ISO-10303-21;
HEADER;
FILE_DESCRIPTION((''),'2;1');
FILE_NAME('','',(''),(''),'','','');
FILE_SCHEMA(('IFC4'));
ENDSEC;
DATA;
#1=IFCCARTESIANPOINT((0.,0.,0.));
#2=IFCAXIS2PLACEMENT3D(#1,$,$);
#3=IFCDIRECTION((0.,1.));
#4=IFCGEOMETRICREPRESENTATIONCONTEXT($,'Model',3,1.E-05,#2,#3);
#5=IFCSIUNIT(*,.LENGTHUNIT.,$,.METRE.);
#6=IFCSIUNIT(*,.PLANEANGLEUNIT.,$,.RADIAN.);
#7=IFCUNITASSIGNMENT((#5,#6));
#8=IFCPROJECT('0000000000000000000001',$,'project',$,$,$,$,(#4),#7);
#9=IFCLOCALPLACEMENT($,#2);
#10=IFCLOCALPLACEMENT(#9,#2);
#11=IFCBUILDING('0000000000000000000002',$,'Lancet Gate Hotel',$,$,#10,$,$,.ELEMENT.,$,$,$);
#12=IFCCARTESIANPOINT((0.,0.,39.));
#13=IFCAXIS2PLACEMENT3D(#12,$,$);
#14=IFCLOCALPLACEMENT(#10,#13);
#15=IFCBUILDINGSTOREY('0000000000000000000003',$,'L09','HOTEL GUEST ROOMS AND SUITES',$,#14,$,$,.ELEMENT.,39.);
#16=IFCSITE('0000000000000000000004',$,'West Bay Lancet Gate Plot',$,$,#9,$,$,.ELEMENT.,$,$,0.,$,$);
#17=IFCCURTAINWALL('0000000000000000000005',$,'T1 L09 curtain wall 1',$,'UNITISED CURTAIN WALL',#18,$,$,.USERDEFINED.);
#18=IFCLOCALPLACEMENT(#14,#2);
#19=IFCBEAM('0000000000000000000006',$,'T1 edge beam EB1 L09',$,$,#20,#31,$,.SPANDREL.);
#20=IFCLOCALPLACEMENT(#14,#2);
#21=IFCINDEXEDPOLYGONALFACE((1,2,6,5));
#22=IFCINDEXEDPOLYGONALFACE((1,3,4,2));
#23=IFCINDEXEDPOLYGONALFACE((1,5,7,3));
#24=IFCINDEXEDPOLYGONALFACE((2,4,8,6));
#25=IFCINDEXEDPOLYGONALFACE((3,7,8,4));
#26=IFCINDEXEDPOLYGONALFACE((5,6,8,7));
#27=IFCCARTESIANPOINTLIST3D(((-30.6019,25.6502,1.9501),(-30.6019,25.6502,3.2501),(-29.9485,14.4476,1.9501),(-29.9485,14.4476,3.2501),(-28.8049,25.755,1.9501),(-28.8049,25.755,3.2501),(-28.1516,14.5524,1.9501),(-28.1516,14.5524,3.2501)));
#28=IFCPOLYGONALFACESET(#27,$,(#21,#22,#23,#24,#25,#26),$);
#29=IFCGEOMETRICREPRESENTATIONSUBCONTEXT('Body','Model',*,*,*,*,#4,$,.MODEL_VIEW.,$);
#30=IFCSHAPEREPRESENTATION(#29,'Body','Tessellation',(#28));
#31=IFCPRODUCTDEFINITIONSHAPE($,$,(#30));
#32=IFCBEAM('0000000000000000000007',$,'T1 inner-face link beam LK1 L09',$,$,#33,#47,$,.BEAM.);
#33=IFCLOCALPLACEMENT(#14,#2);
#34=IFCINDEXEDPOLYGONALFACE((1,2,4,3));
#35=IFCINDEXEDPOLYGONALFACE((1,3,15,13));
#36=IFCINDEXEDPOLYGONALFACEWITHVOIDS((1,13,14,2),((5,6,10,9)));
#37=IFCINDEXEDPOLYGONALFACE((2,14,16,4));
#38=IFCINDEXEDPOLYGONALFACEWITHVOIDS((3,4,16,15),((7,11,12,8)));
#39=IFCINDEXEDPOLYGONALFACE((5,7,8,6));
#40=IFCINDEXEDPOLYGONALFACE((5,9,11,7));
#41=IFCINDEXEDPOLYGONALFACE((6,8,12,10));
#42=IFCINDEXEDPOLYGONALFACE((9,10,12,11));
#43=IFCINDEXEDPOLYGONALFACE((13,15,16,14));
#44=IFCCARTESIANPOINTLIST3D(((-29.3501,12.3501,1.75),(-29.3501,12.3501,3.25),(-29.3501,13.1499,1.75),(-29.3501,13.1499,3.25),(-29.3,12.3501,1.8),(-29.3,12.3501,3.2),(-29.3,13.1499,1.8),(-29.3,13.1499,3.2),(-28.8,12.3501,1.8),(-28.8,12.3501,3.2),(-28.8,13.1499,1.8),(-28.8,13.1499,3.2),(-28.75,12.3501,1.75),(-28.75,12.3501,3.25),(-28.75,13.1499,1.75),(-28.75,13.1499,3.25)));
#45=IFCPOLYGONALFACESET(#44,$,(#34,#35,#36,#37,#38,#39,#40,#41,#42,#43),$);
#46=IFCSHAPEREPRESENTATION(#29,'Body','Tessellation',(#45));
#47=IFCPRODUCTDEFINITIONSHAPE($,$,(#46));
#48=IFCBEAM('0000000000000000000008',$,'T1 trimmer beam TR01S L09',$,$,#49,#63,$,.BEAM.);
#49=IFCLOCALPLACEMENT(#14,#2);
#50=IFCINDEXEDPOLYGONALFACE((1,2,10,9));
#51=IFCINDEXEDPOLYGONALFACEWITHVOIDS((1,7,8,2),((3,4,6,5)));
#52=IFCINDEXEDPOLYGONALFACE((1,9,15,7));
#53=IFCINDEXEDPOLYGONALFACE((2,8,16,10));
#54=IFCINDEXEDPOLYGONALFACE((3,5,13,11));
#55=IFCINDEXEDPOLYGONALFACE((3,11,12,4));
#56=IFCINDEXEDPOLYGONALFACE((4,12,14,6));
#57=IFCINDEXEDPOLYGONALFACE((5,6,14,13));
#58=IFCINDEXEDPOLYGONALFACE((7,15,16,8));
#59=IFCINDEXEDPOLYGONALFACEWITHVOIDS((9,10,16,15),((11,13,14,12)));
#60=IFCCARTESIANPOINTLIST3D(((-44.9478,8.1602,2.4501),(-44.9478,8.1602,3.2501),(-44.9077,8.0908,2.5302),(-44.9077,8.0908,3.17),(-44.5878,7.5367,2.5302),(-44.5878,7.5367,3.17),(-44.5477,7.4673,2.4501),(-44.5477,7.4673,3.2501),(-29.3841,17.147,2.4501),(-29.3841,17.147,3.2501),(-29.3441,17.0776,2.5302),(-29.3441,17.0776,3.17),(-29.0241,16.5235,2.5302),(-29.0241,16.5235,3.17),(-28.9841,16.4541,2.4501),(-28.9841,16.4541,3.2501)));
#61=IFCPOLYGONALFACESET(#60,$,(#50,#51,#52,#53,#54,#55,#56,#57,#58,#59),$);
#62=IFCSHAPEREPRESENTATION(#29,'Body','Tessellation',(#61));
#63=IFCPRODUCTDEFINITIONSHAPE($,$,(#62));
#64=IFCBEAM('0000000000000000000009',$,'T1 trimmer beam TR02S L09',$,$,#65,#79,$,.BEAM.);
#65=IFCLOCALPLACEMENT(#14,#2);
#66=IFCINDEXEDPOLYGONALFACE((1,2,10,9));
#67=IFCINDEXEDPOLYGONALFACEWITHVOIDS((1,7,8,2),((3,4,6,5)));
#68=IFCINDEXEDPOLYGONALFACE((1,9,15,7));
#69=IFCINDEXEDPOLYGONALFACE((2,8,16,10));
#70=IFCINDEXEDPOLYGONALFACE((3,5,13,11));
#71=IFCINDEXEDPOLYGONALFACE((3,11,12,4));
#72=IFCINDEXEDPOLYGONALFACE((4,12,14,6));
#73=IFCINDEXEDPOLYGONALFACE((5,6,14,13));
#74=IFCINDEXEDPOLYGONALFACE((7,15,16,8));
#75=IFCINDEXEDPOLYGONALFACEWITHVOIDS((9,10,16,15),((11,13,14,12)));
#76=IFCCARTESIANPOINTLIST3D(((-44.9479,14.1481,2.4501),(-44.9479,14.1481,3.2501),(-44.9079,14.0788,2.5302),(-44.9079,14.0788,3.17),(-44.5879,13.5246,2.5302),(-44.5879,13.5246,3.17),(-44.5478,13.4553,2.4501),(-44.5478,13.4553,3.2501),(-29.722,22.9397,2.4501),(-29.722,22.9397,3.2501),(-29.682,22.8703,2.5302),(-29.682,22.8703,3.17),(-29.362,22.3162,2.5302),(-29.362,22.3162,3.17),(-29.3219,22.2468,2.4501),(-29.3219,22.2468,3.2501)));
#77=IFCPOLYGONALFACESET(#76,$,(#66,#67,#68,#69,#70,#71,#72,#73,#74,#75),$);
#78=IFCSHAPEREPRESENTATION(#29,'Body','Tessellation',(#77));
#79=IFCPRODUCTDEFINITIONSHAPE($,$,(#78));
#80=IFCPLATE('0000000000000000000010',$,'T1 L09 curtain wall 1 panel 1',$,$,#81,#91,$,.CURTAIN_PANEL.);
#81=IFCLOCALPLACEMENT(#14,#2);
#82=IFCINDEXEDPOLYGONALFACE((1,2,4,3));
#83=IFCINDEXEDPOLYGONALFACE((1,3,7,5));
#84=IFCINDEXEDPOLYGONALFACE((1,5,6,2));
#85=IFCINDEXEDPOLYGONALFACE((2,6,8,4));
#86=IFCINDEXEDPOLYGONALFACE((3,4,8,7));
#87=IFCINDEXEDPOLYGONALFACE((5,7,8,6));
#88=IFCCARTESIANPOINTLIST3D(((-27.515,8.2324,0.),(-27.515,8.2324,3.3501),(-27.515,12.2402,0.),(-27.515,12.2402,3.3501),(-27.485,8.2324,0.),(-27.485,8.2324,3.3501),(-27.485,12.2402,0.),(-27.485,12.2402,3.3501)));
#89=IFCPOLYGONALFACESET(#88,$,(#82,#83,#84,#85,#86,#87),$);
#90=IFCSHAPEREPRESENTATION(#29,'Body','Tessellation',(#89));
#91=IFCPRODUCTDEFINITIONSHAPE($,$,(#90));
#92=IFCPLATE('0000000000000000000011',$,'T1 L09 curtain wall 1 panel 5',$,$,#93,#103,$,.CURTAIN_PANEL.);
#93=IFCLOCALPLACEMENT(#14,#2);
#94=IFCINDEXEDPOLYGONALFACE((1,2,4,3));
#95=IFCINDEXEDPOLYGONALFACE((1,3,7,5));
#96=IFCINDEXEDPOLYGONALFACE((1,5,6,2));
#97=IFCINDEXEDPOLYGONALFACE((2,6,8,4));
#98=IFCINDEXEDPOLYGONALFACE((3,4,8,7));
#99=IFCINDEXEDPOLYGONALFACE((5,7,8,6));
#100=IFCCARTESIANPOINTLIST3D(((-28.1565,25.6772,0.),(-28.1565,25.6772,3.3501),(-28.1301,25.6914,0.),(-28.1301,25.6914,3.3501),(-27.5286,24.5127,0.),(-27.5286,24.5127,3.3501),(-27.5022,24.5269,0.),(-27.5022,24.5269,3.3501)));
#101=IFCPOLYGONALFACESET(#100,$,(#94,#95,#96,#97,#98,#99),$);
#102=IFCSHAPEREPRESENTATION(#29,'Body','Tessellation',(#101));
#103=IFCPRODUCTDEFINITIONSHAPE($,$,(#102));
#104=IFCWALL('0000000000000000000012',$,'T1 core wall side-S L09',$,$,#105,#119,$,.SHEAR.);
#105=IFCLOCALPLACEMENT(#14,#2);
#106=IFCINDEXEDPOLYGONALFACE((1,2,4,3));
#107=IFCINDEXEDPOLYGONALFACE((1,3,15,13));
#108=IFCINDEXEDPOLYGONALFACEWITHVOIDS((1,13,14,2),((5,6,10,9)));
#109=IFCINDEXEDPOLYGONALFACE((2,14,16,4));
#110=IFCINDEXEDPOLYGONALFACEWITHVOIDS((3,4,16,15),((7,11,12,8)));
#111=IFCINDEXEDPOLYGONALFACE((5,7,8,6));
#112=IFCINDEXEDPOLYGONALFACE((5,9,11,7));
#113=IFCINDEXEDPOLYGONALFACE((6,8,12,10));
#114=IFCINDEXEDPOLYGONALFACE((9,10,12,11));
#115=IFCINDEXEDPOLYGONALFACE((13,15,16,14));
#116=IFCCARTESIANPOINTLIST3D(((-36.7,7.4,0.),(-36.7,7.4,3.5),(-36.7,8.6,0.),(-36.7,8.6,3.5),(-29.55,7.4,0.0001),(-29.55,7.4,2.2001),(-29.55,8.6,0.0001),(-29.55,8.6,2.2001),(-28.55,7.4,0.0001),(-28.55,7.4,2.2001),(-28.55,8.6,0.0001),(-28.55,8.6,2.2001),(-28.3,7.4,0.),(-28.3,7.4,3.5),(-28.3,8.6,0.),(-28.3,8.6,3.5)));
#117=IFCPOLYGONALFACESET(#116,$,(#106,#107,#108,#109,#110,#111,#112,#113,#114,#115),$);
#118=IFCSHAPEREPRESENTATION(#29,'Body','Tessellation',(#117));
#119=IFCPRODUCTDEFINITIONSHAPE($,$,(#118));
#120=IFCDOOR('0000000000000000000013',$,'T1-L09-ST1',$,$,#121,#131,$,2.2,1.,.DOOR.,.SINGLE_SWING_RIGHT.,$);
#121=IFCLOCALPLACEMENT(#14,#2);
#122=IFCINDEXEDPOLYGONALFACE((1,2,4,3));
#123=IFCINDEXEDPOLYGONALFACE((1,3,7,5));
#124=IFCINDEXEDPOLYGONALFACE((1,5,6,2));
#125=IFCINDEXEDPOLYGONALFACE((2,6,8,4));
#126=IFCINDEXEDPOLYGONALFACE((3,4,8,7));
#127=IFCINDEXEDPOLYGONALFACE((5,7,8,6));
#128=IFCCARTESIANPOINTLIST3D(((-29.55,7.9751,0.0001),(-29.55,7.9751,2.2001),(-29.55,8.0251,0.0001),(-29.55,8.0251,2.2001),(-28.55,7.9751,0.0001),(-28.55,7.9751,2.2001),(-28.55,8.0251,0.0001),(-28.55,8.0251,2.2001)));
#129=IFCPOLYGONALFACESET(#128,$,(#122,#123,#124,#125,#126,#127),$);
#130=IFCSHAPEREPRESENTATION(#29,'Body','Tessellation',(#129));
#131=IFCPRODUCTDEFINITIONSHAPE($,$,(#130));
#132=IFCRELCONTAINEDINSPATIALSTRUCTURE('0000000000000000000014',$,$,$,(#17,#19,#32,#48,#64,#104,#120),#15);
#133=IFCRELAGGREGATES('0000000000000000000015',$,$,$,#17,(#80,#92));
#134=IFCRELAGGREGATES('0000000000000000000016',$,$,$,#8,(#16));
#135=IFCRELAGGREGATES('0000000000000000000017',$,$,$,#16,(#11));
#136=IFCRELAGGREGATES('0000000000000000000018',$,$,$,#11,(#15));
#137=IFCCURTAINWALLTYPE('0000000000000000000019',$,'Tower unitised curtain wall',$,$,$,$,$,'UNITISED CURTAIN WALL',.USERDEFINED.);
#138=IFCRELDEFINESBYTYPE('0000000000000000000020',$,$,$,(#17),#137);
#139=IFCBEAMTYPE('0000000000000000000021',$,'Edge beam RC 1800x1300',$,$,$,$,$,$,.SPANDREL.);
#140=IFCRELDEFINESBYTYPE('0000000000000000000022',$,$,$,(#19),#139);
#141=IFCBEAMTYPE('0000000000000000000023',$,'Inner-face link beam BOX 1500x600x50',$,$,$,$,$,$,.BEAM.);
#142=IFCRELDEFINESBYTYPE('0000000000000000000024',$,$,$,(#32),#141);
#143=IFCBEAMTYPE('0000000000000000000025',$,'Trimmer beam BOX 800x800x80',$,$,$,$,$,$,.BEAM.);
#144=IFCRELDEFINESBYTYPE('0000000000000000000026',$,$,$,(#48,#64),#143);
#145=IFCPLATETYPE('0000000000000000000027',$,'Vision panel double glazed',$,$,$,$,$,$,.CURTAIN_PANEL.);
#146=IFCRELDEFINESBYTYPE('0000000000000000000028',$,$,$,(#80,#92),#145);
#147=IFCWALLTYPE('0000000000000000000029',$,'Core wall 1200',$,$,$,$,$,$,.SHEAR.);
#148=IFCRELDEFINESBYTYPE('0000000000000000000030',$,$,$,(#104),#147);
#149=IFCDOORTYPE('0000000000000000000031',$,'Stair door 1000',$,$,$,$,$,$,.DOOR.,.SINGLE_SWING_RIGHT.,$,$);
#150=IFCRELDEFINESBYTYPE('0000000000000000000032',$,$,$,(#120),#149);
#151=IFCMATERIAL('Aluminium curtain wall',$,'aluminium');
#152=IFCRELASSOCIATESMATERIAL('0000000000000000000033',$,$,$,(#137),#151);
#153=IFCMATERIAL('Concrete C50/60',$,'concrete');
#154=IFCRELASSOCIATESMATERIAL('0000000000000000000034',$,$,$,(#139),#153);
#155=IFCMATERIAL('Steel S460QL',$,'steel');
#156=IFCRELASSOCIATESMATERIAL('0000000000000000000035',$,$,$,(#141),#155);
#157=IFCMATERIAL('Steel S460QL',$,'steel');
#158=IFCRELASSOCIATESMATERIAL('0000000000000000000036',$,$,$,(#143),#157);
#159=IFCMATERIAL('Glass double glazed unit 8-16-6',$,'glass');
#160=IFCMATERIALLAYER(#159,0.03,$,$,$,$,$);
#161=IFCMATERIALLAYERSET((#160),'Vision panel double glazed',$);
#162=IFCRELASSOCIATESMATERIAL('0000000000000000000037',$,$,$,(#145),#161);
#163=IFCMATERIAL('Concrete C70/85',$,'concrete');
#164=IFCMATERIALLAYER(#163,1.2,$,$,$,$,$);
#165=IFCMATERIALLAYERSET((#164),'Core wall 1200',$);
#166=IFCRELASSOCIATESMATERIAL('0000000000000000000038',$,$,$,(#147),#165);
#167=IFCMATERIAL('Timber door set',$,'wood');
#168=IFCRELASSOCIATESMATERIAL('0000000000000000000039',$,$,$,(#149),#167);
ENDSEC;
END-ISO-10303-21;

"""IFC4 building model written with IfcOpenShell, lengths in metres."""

from ifc_helpers import new_model, si_unit, direction, frame, frame_2d, origin, origin_2d, place, context, subcontext, project, spatial, rectangle, hollow_rectangle, extrude, material, layer, layer_set, material_profile, profile_set, type_object, element, fill, aggregate, save


model = new_model("IFC4")

# Units and contexts
model_context = context("Model", 3, precision=1e-05, world=origin(), true_north=direction((0.0, 1.0)))
body_context = subcontext(model_context, "Body", "Model", "MODEL_VIEW")
ifc_project = project(units=[si_unit("LENGTHUNIT", "METRE"), si_unit("PLANEANGLEUNIT", "RADIAN")], contexts=[model_context])

# Site, building, storey
site_placement = place(None, origin())
site = spatial("IfcSite", under=ifc_project, at=site_placement, Name="West Bay Lancet Gate Plot", CompositionType="ELEMENT", RefElevation=0.0)
building_placement = place(site_placement, origin())
building = spatial("IfcBuilding", under=site, at=building_placement, Name="Lancet Gate Hotel", CompositionType="ELEMENT")
storey_placement = place(building_placement, frame((0.0, 0.0, 39.0)))
storey = spatial("IfcBuildingStorey", under=building, at=storey_placement, Name="L09", Description="HOTEL GUEST ROOMS AND SUITES", CompositionType="ELEMENT", Elevation=39.0)

# Curtain wall
ifc_material_1 = material(Name="Aluminium curtain wall", Category="aluminium")
curtain_wall_type = type_object("IfcCurtainWallType", Name="Tower unitised curtain wall", ElementType="UNITISED CURTAIN WALL", PredefinedType="USERDEFINED", material=ifc_material_1)
curtain_wall_placement = place(storey_placement, origin())
curtain_wall = element("IfcCurtainWall", 1, at=curtain_wall_placement, inside=storey, type_object=curtain_wall_type, Name="T1 L09 curtain wall 1", ObjectType="UNITISED CURTAIN WALL", PredefinedType="USERDEFINED")

# Beams
ifc_material_2 = material(Name="Concrete C50/60", Category="concrete")
ifc_material_profile_1 = material_profile(ifc_material_2, rectangle(XDim=1.8, YDim=1.3, at=origin_2d()), Name="RC 1800x1300")
ifc_profile_set_1 = profile_set([ifc_material_profile_1], Name="Concrete C50/60")
beam_type_1 = type_object("IfcBeamType", Name="Edge beam RC 1800x1300", PredefinedType="SPANDREL", material=ifc_profile_set_1)
beam_1_placement = place(storey_placement, frame((-29.7034, 25.7026, 2.6001), z_axis=(0.05822, -0.998304, 0.0), x_axis=(0.998304, 0.05822, 0.0)))
element("IfcBeam", 2, at=beam_1_placement, inside=storey, type_object=beam_type_1, Name="T1 edge beam EB1 L09", PredefinedType="SPANDREL", context=body_context, shape_type="SweptSolid", body=[
    extrude(rectangle(XDim=1.8, YDim=1.3, at=origin_2d()), origin(), (0.0, 0.0, 1.0), 11.2217),
])
ifc_material_3 = material(Name="Steel S460QL", Category="steel")
ifc_material_profile_2 = material_profile(ifc_material_3, hollow_rectangle(XDim=0.6001, YDim=1.5, WallThickness=0.05, at=origin_2d()), Name="BOX 1500x600x50")
ifc_profile_set_2 = profile_set([ifc_material_profile_2], Name="Steel S460QL")
beam_type_2 = type_object("IfcBeamType", Name="Inner-face link beam BOX 1500x600x50", PredefinedType="BEAM", material=ifc_profile_set_2)
beam_2_placement = place(storey_placement, frame((-29.05, 13.1499, 2.5), z_axis=(0.0, -1.0, 0.0), x_axis=(1.0, 0.0, 0.0)))
element("IfcBeam", 3, at=beam_2_placement, inside=storey, type_object=beam_type_2, Name="T1 inner-face link beam LK1 L09", PredefinedType="BEAM", context=body_context, shape_type="SweptSolid", body=[
    extrude(hollow_rectangle(XDim=0.6001, YDim=1.5, WallThickness=0.05, at=origin_2d()), origin(), (0.0, 0.0, 1.0), 0.7998),
])
ifc_material_4 = material(Name="Steel S460QL", Category="steel")
ifc_material_profile_3 = material_profile(ifc_material_4, hollow_rectangle(XDim=0.8, YDim=0.8, WallThickness=0.0801, at=origin_2d()), Name="BOX 800x800x80")
ifc_profile_set_3 = profile_set([ifc_material_profile_3], Name="Steel S460QL")
beam_type_3 = type_object("IfcBeamType", Name="Trimmer beam BOX 800x800x80", PredefinedType="BEAM", material=ifc_profile_set_3)
beam_3_placement = place(storey_placement, frame((-29.1841, 16.8005, 2.8501), z_axis=(-0.865999, -0.500046, 0.0), x_axis=(0.500046, -0.865999, 0.0)))
element("IfcBeam", 4, at=beam_3_placement, inside=storey, type_object=beam_type_3, Name="T1 trimmer beam TR01S L09", PredefinedType="BEAM", context=body_context, shape_type="SweptSolid", body=[
    extrude(hollow_rectangle(XDim=0.8, YDim=0.8, WallThickness=0.0801, at=origin_2d()), origin(), (0.0, 0.0, 1.0), 17.9719),
])
beam_4_placement = place(storey_placement, frame((-29.522, 22.5933, 2.8501), z_axis=(-0.866004, -0.500037, 0.0), x_axis=(0.500037, -0.866004, 0.0)))
element("IfcBeam", 5, at=beam_4_placement, inside=storey, type_object=beam_type_3, Name="T1 trimmer beam TR02S L09", PredefinedType="BEAM", context=body_context, shape_type="SweptSolid", body=[
    extrude(hollow_rectangle(XDim=0.8, YDim=0.8, WallThickness=0.0801, at=origin_2d()), origin(), (0.0, 0.0, 1.0), 17.5818),
])

# Plates
ifc_material_5 = material(Name="Glass double glazed unit 8-16-6", Category="glass")
ifc_layer_1 = layer(ifc_material_5, 0.03)
ifc_layer_set_1 = layer_set([ifc_layer_1], Name="Vision panel double glazed")
plate_type = type_object("IfcPlateType", Name="Vision panel double glazed", PredefinedType="CURTAIN_PANEL", material=ifc_layer_set_1)
plate_1_placement = place(storey_placement, frame((-27.5, 10.2363, 0.0), z_axis=(0.0, 0.0, 1.0), x_axis=(0.0, 1.0, 0.0)))
plate_1 = element("IfcPlate", 6, at=plate_1_placement, type_object=plate_type, Name="T1 L09 curtain wall 1 panel 1", PredefinedType="CURTAIN_PANEL", context=body_context, shape_type="SweptSolid", body=[
    extrude(rectangle(XDim=4.0078, YDim=0.03, at=origin_2d()), origin(), (0.0, 0.0, 1.0), 3.3501),
])
plate_2_placement = place(storey_placement, frame((-27.8293, 25.1021, 0.0), z_axis=(0.0, 0.0, 1.0), x_axis=(-0.474631, 0.880185, 0.0)))
plate_2 = element("IfcPlate", 7, at=plate_2_placement, type_object=plate_type, Name="T1 L09 curtain wall 1 panel 5", PredefinedType="CURTAIN_PANEL", context=body_context, shape_type="SweptSolid", body=[
    extrude(rectangle(XDim=1.323, YDim=0.03, at=origin_2d()), origin(), (0.0, 0.0, 1.0), 3.3501),
])
aggregate(curtain_wall, [plate_1, plate_2])

# Wall, opening, door
ifc_material_6 = material(Name="Concrete C70/85", Category="concrete")
ifc_layer_2 = layer(ifc_material_6, 1.2)
ifc_layer_set_2 = layer_set([ifc_layer_2], Name="Core wall 1200")
wall_type_1 = type_object("IfcWallType", Name="Core wall 1200", PredefinedType="SHEAR", material=ifc_layer_set_2)
wall_1_placement = place(storey_placement, frame((-28.3, 8.0, 0.0), z_axis=(0.0, 0.0, 1.0), x_axis=(-1.0, 0.0, 0.0)))
wall_1 = element("IfcWall", 8, at=wall_1_placement, inside=storey, type_object=wall_type_1, Name="T1 core wall side-S L09", PredefinedType="SHEAR", context=body_context, shape_type="SweptSolid", body=[
    extrude(rectangle(XDim=8.3999, YDim=1.2, at=frame_2d((4.2, 0.0))), origin(), (0.0, 0.0, 1.0), 3.5),
])
opening_1_placement = place(wall_1_placement, frame((0.25, 0.0, 0.0)))
opening_1 = element("IfcOpeningElement", 9, at=opening_1_placement, cuts=wall_1, PredefinedType="OPENING", context=body_context, shape_type="SweptSolid", body=[
    extrude(rectangle(XDim=1.0, YDim=2.2, at=frame_2d((0.5, 1.1001))), frame((0.0, 0.6099, 0.0), z_axis=(0.0, -1.0, 0.0), x_axis=(1.0, 0.0, 0.0)), (0.0, 0.0, 1.0), 1.22),
])
ifc_material_7 = material(Name="Timber door set", Category="wood")
door_type = type_object("IfcDoorType", Name="Stair door 1000", OperationType="SINGLE_SWING_RIGHT", PredefinedType="DOOR", material=ifc_material_7)
door_placement = place(opening_1_placement, origin())
door = element("IfcDoor", 10, at=door_placement, inside=storey, type_object=door_type, Name="T1-L09-ST1", OperationType="SINGLE_SWING_RIGHT", OverallHeight=2.2, OverallWidth=1.0, PredefinedType="DOOR", context=body_context, shape_type="SweptSolid", body=[
    extrude(rectangle(XDim=1.0, YDim=2.2, at=frame_2d((0.5, 1.1001))), frame((0.0, 0.0249, 0.0), z_axis=(0.0, -1.0, 0.0), x_axis=(1.0, 0.0, 0.0)), (0.0, 0.0, 1.0), 0.05),
])
fill(opening_1, door)

save(model, "model.ifc")
